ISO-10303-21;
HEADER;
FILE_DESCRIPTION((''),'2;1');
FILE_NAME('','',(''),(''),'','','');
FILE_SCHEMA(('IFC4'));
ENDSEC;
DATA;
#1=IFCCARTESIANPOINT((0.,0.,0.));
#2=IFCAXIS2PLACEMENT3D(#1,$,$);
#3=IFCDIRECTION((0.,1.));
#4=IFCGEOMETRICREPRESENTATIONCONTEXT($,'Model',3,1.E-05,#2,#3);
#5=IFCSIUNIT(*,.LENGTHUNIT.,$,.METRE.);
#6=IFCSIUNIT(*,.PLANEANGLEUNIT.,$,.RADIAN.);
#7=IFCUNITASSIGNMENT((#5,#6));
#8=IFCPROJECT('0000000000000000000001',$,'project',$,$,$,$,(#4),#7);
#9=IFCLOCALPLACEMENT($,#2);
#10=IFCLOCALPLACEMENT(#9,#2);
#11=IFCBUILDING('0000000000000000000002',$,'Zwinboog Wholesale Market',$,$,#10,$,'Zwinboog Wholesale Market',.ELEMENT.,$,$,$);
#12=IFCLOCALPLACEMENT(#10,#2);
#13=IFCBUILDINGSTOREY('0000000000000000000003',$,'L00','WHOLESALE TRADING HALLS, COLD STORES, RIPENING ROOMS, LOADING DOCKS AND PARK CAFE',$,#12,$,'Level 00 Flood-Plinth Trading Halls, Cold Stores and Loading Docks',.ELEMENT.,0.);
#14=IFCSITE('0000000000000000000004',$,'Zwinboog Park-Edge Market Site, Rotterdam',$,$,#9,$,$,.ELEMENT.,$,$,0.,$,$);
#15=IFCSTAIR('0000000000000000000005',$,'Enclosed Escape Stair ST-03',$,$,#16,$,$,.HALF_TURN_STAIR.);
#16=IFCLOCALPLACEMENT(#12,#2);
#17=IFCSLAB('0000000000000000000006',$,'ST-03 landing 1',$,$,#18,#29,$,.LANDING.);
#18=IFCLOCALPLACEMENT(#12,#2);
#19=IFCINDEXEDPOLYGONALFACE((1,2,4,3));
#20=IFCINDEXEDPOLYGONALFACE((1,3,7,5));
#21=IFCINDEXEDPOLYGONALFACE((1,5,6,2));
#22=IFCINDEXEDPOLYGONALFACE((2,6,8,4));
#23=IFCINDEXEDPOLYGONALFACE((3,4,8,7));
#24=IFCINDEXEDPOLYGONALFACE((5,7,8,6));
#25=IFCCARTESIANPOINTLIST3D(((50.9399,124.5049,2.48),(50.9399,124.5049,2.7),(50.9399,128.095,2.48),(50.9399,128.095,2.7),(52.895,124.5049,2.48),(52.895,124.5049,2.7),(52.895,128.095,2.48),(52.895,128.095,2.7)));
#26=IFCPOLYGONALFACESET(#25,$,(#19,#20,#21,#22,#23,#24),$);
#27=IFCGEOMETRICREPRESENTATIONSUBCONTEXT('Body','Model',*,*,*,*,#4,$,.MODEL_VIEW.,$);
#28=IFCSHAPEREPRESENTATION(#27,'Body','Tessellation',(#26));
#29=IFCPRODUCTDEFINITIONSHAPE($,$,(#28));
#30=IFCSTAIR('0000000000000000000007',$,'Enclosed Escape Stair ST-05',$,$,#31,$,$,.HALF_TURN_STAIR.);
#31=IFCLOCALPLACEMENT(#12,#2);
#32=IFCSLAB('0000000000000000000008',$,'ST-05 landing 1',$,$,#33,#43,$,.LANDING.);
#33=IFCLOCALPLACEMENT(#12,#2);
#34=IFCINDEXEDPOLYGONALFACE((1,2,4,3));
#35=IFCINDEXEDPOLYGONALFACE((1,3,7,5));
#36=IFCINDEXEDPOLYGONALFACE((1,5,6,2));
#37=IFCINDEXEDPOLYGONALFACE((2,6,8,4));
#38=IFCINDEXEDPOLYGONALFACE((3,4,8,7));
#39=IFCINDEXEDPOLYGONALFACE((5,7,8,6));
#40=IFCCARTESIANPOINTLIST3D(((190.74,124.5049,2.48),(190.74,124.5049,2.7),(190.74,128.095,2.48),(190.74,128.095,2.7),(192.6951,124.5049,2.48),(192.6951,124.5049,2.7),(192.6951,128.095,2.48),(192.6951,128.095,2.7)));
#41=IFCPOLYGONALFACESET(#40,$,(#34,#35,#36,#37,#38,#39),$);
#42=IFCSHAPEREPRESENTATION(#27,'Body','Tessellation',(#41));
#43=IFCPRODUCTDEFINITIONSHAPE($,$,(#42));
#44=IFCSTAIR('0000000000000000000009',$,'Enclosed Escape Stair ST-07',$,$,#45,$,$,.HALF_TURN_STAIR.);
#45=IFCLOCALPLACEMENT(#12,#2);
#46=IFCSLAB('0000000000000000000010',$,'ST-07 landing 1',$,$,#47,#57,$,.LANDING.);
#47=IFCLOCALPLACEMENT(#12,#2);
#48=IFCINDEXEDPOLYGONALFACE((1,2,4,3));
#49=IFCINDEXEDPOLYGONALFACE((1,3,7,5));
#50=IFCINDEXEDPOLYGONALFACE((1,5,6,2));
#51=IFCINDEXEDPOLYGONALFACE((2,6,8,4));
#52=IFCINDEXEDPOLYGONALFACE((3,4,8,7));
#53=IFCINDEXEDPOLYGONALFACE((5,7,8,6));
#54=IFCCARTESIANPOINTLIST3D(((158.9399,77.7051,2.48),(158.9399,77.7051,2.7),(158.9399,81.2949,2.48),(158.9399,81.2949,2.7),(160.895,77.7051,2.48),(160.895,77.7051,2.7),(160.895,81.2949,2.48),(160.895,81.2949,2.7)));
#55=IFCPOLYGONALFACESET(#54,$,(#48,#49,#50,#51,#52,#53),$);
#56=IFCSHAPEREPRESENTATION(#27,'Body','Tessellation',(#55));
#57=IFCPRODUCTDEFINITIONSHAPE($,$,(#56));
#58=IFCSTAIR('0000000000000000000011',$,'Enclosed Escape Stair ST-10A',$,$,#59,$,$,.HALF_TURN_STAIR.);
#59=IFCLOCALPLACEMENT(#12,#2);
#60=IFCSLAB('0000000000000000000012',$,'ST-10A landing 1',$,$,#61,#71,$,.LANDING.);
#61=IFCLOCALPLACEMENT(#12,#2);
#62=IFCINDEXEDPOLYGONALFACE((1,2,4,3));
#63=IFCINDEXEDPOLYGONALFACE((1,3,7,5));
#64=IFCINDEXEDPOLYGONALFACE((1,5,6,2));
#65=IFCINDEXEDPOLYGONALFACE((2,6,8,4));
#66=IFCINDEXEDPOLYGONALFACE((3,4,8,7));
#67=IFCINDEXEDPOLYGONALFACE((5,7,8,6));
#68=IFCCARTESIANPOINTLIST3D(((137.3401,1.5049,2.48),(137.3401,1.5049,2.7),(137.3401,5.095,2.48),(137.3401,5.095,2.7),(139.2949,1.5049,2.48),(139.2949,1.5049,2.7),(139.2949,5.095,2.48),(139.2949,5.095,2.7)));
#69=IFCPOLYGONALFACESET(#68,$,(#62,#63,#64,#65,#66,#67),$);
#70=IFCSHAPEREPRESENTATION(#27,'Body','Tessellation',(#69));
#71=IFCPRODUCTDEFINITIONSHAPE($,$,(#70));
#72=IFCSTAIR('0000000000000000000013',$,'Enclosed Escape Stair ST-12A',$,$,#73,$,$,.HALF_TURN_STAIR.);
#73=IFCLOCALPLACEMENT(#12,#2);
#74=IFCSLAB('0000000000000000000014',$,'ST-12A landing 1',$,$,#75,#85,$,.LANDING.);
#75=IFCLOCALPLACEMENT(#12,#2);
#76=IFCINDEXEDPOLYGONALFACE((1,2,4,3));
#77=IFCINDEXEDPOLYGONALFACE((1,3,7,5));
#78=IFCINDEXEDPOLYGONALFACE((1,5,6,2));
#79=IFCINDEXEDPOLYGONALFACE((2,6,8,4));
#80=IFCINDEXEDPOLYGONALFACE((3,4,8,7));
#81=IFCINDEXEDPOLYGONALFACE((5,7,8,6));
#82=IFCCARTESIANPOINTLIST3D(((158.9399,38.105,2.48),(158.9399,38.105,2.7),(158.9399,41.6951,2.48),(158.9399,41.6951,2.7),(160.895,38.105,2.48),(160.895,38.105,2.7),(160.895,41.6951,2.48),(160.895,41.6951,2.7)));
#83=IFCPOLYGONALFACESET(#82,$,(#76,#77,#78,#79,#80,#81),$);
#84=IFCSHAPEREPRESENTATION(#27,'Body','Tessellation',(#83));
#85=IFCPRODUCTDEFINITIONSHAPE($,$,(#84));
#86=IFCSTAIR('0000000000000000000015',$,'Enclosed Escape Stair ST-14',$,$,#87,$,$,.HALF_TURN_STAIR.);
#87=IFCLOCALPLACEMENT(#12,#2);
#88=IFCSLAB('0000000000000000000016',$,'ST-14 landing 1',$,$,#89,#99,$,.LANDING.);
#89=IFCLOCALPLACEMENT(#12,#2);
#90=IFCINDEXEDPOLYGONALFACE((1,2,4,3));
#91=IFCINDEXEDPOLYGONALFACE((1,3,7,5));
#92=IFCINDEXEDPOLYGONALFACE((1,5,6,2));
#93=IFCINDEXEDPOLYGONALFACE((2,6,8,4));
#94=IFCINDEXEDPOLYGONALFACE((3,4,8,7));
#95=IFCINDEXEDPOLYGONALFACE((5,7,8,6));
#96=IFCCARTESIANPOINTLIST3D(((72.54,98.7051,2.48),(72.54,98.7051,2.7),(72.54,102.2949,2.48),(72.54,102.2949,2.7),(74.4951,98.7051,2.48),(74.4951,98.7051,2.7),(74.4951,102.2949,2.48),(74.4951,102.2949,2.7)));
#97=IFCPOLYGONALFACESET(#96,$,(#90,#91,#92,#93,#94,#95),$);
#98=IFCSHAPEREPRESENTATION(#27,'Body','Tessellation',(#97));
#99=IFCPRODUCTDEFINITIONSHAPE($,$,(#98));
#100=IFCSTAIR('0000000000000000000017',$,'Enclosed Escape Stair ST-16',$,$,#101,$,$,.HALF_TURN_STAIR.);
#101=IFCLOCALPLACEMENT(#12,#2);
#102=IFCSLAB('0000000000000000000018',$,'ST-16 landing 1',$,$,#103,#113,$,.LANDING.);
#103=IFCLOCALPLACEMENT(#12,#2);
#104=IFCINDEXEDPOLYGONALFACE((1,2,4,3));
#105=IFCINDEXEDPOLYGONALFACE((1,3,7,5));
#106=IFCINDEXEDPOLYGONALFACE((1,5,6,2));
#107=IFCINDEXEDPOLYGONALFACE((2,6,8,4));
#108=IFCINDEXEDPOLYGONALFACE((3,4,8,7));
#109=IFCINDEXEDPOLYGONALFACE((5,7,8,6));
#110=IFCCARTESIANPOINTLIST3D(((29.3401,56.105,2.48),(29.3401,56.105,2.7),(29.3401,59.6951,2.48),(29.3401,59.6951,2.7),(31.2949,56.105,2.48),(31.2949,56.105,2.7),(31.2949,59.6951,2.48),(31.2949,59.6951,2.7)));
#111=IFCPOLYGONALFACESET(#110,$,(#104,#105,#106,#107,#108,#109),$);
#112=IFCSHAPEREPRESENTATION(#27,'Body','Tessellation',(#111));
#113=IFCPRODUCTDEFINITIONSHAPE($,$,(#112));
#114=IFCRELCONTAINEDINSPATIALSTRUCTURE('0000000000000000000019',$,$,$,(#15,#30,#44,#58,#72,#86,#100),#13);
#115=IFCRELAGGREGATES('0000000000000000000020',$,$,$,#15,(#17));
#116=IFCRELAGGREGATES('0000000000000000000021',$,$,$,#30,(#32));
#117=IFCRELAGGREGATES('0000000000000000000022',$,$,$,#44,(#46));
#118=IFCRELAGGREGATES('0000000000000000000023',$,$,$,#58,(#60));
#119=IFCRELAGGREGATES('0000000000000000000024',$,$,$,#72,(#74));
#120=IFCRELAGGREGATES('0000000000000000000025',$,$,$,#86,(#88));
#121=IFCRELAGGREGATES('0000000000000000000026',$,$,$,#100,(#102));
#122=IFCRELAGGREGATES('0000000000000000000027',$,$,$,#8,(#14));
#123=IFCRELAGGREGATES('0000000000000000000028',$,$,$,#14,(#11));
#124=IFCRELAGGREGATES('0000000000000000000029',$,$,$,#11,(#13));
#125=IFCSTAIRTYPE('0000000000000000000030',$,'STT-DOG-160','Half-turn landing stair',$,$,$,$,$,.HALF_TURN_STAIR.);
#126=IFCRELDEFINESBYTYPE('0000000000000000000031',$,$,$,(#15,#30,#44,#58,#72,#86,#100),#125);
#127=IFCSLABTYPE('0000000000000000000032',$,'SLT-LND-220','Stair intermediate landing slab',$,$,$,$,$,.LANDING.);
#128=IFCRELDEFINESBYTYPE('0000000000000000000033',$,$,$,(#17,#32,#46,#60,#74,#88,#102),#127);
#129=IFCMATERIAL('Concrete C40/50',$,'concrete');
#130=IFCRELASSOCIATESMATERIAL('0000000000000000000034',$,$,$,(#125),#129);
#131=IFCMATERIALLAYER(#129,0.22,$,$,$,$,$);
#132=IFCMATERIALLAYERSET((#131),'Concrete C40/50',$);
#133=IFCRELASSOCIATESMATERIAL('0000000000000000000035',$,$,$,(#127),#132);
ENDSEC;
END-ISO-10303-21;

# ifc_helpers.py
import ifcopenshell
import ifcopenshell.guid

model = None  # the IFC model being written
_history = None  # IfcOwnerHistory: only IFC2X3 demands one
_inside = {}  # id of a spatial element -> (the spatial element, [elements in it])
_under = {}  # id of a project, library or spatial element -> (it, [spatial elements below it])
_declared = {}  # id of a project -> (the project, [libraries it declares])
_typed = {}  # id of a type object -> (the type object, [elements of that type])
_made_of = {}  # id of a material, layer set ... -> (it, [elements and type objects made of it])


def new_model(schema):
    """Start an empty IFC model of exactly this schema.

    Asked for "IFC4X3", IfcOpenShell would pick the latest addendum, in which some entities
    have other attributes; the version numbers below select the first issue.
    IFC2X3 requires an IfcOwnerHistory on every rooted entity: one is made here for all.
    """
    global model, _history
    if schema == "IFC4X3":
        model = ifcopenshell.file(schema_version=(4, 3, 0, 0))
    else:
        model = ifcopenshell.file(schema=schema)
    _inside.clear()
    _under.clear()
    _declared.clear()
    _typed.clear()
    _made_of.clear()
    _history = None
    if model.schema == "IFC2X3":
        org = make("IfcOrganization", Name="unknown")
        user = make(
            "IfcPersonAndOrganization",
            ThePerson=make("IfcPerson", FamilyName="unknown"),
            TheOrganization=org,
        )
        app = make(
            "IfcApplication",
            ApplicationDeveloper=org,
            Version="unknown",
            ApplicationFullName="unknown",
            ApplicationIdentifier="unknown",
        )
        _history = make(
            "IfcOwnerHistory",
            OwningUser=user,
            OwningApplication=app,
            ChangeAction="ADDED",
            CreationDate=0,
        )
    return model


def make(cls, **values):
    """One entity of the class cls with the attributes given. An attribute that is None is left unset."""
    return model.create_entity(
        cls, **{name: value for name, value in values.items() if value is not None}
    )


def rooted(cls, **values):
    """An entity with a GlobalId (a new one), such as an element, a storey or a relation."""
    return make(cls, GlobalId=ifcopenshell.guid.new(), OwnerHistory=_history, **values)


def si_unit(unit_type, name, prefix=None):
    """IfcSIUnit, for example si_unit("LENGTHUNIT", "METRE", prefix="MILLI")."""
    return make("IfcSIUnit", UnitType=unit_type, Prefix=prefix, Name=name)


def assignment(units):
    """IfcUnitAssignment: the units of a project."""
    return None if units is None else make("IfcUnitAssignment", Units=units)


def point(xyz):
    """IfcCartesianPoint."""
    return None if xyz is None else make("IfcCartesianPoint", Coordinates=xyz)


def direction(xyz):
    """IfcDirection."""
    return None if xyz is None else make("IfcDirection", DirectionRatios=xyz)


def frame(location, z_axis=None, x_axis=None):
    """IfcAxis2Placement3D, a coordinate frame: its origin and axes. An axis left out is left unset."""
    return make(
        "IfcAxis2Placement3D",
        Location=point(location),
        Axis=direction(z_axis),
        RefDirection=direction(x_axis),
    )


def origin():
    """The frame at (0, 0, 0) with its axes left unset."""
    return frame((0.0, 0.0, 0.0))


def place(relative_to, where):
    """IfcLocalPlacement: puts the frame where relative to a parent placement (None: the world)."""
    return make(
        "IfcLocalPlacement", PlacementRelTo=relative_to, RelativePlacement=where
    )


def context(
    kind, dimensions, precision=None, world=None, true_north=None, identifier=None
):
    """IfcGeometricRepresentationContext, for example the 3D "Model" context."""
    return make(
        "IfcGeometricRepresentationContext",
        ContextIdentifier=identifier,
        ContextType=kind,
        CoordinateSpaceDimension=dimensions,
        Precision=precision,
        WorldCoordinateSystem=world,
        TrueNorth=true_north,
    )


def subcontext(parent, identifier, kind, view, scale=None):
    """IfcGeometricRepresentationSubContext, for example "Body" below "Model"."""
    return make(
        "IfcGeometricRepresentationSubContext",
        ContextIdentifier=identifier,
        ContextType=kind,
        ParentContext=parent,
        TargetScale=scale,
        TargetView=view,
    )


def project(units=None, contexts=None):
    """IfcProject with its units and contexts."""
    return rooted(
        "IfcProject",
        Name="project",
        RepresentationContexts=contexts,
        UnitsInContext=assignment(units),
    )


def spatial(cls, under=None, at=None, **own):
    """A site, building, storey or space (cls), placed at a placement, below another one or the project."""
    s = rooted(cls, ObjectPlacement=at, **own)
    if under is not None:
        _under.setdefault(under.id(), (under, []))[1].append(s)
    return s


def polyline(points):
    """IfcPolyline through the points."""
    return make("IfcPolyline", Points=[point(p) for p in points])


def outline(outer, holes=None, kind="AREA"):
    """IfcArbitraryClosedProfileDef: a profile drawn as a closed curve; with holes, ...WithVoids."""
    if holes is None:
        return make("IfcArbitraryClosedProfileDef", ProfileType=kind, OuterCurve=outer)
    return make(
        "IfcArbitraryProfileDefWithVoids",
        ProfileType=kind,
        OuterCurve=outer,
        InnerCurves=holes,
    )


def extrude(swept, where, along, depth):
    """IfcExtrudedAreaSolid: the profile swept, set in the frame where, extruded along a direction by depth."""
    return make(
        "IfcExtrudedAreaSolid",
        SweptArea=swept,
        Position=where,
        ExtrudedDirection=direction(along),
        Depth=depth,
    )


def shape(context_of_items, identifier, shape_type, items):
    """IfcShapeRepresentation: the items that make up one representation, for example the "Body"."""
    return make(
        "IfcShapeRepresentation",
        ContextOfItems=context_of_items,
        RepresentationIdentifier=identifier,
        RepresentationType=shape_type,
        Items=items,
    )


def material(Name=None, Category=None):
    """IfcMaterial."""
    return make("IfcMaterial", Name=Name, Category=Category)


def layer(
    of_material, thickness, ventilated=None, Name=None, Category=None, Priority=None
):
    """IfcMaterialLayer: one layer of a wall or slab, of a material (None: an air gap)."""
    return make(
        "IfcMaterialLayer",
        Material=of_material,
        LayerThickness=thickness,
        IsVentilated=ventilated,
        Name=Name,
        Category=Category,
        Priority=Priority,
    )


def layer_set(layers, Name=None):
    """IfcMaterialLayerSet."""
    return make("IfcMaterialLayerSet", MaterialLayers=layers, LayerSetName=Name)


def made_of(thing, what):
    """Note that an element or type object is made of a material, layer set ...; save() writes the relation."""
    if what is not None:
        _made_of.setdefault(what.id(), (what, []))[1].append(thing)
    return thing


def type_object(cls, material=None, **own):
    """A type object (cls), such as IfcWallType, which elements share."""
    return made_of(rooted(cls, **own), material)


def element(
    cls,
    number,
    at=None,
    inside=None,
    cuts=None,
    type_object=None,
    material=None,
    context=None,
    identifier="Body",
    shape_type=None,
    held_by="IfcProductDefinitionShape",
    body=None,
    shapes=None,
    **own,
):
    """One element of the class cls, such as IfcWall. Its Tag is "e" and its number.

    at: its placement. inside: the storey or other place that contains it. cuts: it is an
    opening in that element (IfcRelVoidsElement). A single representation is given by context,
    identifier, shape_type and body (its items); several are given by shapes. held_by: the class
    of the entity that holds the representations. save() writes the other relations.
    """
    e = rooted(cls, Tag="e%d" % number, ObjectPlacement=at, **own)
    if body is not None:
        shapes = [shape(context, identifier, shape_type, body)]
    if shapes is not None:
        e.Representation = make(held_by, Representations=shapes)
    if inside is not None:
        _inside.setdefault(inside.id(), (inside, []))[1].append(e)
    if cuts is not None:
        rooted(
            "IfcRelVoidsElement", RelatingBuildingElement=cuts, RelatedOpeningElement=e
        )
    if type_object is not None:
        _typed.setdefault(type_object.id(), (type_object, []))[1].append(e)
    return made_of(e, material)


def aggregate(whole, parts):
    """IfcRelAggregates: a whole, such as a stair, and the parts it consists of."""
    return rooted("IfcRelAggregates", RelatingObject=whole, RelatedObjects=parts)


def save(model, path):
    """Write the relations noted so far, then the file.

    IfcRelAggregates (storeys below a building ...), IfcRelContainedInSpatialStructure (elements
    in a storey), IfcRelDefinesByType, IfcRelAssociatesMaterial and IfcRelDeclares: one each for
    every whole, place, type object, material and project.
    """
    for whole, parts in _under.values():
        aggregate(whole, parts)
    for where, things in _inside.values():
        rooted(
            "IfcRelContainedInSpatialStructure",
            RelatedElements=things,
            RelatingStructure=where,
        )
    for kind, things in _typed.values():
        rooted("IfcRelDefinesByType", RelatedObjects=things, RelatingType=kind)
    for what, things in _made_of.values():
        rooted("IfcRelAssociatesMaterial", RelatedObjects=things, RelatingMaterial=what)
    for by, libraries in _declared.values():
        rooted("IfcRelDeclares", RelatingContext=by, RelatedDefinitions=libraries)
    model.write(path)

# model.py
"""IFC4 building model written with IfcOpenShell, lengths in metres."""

from ifc_helpers import new_model, si_unit, direction, frame, origin, place, context, subcontext, project, spatial, polyline, outline, extrude, material, layer, layer_set, type_object, element, aggregate, save


model = new_model("IFC4")

# Units and contexts
model_context = context("Model", 3, precision=1e-05, world=origin(), true_north=direction((0.0, 1.0)))
body_context = subcontext(model_context, "Body", "Model", "MODEL_VIEW")
ifc_project = project(units=[si_unit("LENGTHUNIT", "METRE"), si_unit("PLANEANGLEUNIT", "RADIAN")], contexts=[model_context])

# Site, building, storey
site_placement = place(None, origin())
site = spatial("IfcSite", under=ifc_project, at=site_placement, Name="Zwinboog Park-Edge Market Site, Rotterdam", CompositionType="ELEMENT", RefElevation=0.0)
building_placement = place(site_placement, origin())
building = spatial("IfcBuilding", under=site, at=building_placement, Name="Zwinboog Wholesale Market", LongName="Zwinboog Wholesale Market", CompositionType="ELEMENT")
storey_placement = place(building_placement, origin())
storey = spatial("IfcBuildingStorey", under=building, at=storey_placement, Name="L00", Description="WHOLESALE TRADING HALLS, COLD STORES, RIPENING ROOMS, LOADING DOCKS AND PARK CAFE", LongName="Level 00 Flood-Plinth Trading Halls, Cold Stores and Loading Docks", CompositionType="ELEMENT", Elevation=0.0)

# Shared definitions
ifc_material_1 = material(Name="Concrete C40/50", Category="concrete")

# Stairs, slabs
stair_type_1 = type_object("IfcStairType", Name="STT-DOG-160", Description="Half-turn landing stair", PredefinedType="HALF_TURN_STAIR", material=ifc_material_1)
ifc_layer_1 = layer(ifc_material_1, 0.22)
ifc_layer_set_1 = layer_set([ifc_layer_1], Name="Concrete C40/50")
slab_type_1 = type_object("IfcSlabType", Name="SLT-LND-220", Description="Stair intermediate landing slab", PredefinedType="LANDING", material=ifc_layer_set_1)
stair_1_placement = place(storey_placement, origin())
stair_1 = element("IfcStair", 1, at=stair_1_placement, inside=storey, type_object=stair_type_1, Name="Enclosed Escape Stair ST-03", PredefinedType="HALF_TURN_STAIR")
slab_1_placement = place(storey_placement, frame((0.0, 0.0, 2.48)))
slab_1 = element("IfcSlab", 2, at=slab_1_placement, type_object=slab_type_1, Name="ST-03 landing 1", PredefinedType="LANDING", context=body_context, shape_type="SweptSolid", body=[
    extrude(outline(polyline([(50.9399, 124.5049), (52.895, 124.5049), (52.895, 128.095), (50.9399, 128.095), (50.9399, 124.5049)])), origin(), (0.0, 0.0, 1.0), 0.22),
])
aggregate(stair_1, [slab_1])
stair_2_placement = place(storey_placement, origin())
stair_2 = element("IfcStair", 3, at=stair_2_placement, inside=storey, type_object=stair_type_1, Name="Enclosed Escape Stair ST-05", PredefinedType="HALF_TURN_STAIR")
slab_2_placement = place(storey_placement, frame((0.0, 0.0, 2.48)))
slab_2 = element("IfcSlab", 4, at=slab_2_placement, type_object=slab_type_1, Name="ST-05 landing 1", PredefinedType="LANDING", context=body_context, shape_type="SweptSolid", body=[
    extrude(outline(polyline([(190.74, 124.5049), (192.6951, 124.5049), (192.6951, 128.095), (190.74, 128.095), (190.74, 124.5049)])), origin(), (0.0, 0.0, 1.0), 0.22),
])
aggregate(stair_2, [slab_2])
stair_3_placement = place(storey_placement, origin())
stair_3 = element("IfcStair", 5, at=stair_3_placement, inside=storey, type_object=stair_type_1, Name="Enclosed Escape Stair ST-07", PredefinedType="HALF_TURN_STAIR")
slab_3_placement = place(storey_placement, frame((0.0, 0.0, 2.48)))
slab_3 = element("IfcSlab", 6, at=slab_3_placement, type_object=slab_type_1, Name="ST-07 landing 1", PredefinedType="LANDING", context=body_context, shape_type="SweptSolid", body=[
    extrude(outline(polyline([(158.9399, 77.7051), (160.895, 77.7051), (160.895, 81.2949), (158.9399, 81.2949), (158.9399, 77.7051)])), origin(), (0.0, 0.0, 1.0), 0.22),
])
aggregate(stair_3, [slab_3])
stair_4_placement = place(storey_placement, origin())
stair_4 = element("IfcStair", 7, at=stair_4_placement, inside=storey, type_object=stair_type_1, Name="Enclosed Escape Stair ST-10A", PredefinedType="HALF_TURN_STAIR")
slab_4_placement = place(storey_placement, frame((0.0, 0.0, 2.48)))
slab_4 = element("IfcSlab", 8, at=slab_4_placement, type_object=slab_type_1, Name="ST-10A landing 1", PredefinedType="LANDING", context=body_context, shape_type="SweptSolid", body=[
    extrude(outline(polyline([(137.3401, 1.5049), (139.2949, 1.5049), (139.2949, 5.095), (137.3401, 5.095), (137.3401, 1.5049)])), origin(), (0.0, 0.0, 1.0), 0.22),
])
aggregate(stair_4, [slab_4])
stair_5_placement = place(storey_placement, origin())
stair_5 = element("IfcStair", 9, at=stair_5_placement, inside=storey, type_object=stair_type_1, Name="Enclosed Escape Stair ST-12A", PredefinedType="HALF_TURN_STAIR")
slab_5_placement = place(storey_placement, frame((0.0, 0.0, 2.48)))
slab_5 = element("IfcSlab", 10, at=slab_5_placement, type_object=slab_type_1, Name="ST-12A landing 1", PredefinedType="LANDING", context=body_context, shape_type="SweptSolid", body=[
    extrude(outline(polyline([(158.9399, 38.105), (160.895, 38.105), (160.895, 41.6951), (158.9399, 41.6951), (158.9399, 38.105)])), origin(), (0.0, 0.0, 1.0), 0.22),
])
aggregate(stair_5, [slab_5])
stair_6_placement = place(storey_placement, origin())
stair_6 = element("IfcStair", 11, at=stair_6_placement, inside=storey, type_object=stair_type_1, Name="Enclosed Escape Stair ST-14", PredefinedType="HALF_TURN_STAIR")
slab_6_placement = place(storey_placement, frame((0.0, 0.0, 2.48)))
slab_6 = element("IfcSlab", 12, at=slab_6_placement, type_object=slab_type_1, Name="ST-14 landing 1", PredefinedType="LANDING", context=body_context, shape_type="SweptSolid", body=[
    extrude(outline(polyline([(72.54, 98.7051), (74.4951, 98.7051), (74.4951, 102.2949), (72.54, 102.2949), (72.54, 98.7051)])), origin(), (0.0, 0.0, 1.0), 0.22),
])
aggregate(stair_6, [slab_6])
stair_7_placement = place(storey_placement, origin())
stair_7 = element("IfcStair", 13, at=stair_7_placement, inside=storey, type_object=stair_type_1, Name="Enclosed Escape Stair ST-16", PredefinedType="HALF_TURN_STAIR")
slab_7_placement = place(storey_placement, frame((0.0, 0.0, 2.48)))
slab_7 = element("IfcSlab", 14, at=slab_7_placement, type_object=slab_type_1, Name="ST-16 landing 1", PredefinedType="LANDING", context=body_context, shape_type="SweptSolid", body=[
    extrude(outline(polyline([(29.3401, 56.105), (31.2949, 56.105), (31.2949, 59.6951), (29.3401, 59.6951), (29.3401, 56.105)])), origin(), (0.0, 0.0, 1.0), 0.22),
])
aggregate(stair_7, [slab_7])

save(model, "model.ifc")
